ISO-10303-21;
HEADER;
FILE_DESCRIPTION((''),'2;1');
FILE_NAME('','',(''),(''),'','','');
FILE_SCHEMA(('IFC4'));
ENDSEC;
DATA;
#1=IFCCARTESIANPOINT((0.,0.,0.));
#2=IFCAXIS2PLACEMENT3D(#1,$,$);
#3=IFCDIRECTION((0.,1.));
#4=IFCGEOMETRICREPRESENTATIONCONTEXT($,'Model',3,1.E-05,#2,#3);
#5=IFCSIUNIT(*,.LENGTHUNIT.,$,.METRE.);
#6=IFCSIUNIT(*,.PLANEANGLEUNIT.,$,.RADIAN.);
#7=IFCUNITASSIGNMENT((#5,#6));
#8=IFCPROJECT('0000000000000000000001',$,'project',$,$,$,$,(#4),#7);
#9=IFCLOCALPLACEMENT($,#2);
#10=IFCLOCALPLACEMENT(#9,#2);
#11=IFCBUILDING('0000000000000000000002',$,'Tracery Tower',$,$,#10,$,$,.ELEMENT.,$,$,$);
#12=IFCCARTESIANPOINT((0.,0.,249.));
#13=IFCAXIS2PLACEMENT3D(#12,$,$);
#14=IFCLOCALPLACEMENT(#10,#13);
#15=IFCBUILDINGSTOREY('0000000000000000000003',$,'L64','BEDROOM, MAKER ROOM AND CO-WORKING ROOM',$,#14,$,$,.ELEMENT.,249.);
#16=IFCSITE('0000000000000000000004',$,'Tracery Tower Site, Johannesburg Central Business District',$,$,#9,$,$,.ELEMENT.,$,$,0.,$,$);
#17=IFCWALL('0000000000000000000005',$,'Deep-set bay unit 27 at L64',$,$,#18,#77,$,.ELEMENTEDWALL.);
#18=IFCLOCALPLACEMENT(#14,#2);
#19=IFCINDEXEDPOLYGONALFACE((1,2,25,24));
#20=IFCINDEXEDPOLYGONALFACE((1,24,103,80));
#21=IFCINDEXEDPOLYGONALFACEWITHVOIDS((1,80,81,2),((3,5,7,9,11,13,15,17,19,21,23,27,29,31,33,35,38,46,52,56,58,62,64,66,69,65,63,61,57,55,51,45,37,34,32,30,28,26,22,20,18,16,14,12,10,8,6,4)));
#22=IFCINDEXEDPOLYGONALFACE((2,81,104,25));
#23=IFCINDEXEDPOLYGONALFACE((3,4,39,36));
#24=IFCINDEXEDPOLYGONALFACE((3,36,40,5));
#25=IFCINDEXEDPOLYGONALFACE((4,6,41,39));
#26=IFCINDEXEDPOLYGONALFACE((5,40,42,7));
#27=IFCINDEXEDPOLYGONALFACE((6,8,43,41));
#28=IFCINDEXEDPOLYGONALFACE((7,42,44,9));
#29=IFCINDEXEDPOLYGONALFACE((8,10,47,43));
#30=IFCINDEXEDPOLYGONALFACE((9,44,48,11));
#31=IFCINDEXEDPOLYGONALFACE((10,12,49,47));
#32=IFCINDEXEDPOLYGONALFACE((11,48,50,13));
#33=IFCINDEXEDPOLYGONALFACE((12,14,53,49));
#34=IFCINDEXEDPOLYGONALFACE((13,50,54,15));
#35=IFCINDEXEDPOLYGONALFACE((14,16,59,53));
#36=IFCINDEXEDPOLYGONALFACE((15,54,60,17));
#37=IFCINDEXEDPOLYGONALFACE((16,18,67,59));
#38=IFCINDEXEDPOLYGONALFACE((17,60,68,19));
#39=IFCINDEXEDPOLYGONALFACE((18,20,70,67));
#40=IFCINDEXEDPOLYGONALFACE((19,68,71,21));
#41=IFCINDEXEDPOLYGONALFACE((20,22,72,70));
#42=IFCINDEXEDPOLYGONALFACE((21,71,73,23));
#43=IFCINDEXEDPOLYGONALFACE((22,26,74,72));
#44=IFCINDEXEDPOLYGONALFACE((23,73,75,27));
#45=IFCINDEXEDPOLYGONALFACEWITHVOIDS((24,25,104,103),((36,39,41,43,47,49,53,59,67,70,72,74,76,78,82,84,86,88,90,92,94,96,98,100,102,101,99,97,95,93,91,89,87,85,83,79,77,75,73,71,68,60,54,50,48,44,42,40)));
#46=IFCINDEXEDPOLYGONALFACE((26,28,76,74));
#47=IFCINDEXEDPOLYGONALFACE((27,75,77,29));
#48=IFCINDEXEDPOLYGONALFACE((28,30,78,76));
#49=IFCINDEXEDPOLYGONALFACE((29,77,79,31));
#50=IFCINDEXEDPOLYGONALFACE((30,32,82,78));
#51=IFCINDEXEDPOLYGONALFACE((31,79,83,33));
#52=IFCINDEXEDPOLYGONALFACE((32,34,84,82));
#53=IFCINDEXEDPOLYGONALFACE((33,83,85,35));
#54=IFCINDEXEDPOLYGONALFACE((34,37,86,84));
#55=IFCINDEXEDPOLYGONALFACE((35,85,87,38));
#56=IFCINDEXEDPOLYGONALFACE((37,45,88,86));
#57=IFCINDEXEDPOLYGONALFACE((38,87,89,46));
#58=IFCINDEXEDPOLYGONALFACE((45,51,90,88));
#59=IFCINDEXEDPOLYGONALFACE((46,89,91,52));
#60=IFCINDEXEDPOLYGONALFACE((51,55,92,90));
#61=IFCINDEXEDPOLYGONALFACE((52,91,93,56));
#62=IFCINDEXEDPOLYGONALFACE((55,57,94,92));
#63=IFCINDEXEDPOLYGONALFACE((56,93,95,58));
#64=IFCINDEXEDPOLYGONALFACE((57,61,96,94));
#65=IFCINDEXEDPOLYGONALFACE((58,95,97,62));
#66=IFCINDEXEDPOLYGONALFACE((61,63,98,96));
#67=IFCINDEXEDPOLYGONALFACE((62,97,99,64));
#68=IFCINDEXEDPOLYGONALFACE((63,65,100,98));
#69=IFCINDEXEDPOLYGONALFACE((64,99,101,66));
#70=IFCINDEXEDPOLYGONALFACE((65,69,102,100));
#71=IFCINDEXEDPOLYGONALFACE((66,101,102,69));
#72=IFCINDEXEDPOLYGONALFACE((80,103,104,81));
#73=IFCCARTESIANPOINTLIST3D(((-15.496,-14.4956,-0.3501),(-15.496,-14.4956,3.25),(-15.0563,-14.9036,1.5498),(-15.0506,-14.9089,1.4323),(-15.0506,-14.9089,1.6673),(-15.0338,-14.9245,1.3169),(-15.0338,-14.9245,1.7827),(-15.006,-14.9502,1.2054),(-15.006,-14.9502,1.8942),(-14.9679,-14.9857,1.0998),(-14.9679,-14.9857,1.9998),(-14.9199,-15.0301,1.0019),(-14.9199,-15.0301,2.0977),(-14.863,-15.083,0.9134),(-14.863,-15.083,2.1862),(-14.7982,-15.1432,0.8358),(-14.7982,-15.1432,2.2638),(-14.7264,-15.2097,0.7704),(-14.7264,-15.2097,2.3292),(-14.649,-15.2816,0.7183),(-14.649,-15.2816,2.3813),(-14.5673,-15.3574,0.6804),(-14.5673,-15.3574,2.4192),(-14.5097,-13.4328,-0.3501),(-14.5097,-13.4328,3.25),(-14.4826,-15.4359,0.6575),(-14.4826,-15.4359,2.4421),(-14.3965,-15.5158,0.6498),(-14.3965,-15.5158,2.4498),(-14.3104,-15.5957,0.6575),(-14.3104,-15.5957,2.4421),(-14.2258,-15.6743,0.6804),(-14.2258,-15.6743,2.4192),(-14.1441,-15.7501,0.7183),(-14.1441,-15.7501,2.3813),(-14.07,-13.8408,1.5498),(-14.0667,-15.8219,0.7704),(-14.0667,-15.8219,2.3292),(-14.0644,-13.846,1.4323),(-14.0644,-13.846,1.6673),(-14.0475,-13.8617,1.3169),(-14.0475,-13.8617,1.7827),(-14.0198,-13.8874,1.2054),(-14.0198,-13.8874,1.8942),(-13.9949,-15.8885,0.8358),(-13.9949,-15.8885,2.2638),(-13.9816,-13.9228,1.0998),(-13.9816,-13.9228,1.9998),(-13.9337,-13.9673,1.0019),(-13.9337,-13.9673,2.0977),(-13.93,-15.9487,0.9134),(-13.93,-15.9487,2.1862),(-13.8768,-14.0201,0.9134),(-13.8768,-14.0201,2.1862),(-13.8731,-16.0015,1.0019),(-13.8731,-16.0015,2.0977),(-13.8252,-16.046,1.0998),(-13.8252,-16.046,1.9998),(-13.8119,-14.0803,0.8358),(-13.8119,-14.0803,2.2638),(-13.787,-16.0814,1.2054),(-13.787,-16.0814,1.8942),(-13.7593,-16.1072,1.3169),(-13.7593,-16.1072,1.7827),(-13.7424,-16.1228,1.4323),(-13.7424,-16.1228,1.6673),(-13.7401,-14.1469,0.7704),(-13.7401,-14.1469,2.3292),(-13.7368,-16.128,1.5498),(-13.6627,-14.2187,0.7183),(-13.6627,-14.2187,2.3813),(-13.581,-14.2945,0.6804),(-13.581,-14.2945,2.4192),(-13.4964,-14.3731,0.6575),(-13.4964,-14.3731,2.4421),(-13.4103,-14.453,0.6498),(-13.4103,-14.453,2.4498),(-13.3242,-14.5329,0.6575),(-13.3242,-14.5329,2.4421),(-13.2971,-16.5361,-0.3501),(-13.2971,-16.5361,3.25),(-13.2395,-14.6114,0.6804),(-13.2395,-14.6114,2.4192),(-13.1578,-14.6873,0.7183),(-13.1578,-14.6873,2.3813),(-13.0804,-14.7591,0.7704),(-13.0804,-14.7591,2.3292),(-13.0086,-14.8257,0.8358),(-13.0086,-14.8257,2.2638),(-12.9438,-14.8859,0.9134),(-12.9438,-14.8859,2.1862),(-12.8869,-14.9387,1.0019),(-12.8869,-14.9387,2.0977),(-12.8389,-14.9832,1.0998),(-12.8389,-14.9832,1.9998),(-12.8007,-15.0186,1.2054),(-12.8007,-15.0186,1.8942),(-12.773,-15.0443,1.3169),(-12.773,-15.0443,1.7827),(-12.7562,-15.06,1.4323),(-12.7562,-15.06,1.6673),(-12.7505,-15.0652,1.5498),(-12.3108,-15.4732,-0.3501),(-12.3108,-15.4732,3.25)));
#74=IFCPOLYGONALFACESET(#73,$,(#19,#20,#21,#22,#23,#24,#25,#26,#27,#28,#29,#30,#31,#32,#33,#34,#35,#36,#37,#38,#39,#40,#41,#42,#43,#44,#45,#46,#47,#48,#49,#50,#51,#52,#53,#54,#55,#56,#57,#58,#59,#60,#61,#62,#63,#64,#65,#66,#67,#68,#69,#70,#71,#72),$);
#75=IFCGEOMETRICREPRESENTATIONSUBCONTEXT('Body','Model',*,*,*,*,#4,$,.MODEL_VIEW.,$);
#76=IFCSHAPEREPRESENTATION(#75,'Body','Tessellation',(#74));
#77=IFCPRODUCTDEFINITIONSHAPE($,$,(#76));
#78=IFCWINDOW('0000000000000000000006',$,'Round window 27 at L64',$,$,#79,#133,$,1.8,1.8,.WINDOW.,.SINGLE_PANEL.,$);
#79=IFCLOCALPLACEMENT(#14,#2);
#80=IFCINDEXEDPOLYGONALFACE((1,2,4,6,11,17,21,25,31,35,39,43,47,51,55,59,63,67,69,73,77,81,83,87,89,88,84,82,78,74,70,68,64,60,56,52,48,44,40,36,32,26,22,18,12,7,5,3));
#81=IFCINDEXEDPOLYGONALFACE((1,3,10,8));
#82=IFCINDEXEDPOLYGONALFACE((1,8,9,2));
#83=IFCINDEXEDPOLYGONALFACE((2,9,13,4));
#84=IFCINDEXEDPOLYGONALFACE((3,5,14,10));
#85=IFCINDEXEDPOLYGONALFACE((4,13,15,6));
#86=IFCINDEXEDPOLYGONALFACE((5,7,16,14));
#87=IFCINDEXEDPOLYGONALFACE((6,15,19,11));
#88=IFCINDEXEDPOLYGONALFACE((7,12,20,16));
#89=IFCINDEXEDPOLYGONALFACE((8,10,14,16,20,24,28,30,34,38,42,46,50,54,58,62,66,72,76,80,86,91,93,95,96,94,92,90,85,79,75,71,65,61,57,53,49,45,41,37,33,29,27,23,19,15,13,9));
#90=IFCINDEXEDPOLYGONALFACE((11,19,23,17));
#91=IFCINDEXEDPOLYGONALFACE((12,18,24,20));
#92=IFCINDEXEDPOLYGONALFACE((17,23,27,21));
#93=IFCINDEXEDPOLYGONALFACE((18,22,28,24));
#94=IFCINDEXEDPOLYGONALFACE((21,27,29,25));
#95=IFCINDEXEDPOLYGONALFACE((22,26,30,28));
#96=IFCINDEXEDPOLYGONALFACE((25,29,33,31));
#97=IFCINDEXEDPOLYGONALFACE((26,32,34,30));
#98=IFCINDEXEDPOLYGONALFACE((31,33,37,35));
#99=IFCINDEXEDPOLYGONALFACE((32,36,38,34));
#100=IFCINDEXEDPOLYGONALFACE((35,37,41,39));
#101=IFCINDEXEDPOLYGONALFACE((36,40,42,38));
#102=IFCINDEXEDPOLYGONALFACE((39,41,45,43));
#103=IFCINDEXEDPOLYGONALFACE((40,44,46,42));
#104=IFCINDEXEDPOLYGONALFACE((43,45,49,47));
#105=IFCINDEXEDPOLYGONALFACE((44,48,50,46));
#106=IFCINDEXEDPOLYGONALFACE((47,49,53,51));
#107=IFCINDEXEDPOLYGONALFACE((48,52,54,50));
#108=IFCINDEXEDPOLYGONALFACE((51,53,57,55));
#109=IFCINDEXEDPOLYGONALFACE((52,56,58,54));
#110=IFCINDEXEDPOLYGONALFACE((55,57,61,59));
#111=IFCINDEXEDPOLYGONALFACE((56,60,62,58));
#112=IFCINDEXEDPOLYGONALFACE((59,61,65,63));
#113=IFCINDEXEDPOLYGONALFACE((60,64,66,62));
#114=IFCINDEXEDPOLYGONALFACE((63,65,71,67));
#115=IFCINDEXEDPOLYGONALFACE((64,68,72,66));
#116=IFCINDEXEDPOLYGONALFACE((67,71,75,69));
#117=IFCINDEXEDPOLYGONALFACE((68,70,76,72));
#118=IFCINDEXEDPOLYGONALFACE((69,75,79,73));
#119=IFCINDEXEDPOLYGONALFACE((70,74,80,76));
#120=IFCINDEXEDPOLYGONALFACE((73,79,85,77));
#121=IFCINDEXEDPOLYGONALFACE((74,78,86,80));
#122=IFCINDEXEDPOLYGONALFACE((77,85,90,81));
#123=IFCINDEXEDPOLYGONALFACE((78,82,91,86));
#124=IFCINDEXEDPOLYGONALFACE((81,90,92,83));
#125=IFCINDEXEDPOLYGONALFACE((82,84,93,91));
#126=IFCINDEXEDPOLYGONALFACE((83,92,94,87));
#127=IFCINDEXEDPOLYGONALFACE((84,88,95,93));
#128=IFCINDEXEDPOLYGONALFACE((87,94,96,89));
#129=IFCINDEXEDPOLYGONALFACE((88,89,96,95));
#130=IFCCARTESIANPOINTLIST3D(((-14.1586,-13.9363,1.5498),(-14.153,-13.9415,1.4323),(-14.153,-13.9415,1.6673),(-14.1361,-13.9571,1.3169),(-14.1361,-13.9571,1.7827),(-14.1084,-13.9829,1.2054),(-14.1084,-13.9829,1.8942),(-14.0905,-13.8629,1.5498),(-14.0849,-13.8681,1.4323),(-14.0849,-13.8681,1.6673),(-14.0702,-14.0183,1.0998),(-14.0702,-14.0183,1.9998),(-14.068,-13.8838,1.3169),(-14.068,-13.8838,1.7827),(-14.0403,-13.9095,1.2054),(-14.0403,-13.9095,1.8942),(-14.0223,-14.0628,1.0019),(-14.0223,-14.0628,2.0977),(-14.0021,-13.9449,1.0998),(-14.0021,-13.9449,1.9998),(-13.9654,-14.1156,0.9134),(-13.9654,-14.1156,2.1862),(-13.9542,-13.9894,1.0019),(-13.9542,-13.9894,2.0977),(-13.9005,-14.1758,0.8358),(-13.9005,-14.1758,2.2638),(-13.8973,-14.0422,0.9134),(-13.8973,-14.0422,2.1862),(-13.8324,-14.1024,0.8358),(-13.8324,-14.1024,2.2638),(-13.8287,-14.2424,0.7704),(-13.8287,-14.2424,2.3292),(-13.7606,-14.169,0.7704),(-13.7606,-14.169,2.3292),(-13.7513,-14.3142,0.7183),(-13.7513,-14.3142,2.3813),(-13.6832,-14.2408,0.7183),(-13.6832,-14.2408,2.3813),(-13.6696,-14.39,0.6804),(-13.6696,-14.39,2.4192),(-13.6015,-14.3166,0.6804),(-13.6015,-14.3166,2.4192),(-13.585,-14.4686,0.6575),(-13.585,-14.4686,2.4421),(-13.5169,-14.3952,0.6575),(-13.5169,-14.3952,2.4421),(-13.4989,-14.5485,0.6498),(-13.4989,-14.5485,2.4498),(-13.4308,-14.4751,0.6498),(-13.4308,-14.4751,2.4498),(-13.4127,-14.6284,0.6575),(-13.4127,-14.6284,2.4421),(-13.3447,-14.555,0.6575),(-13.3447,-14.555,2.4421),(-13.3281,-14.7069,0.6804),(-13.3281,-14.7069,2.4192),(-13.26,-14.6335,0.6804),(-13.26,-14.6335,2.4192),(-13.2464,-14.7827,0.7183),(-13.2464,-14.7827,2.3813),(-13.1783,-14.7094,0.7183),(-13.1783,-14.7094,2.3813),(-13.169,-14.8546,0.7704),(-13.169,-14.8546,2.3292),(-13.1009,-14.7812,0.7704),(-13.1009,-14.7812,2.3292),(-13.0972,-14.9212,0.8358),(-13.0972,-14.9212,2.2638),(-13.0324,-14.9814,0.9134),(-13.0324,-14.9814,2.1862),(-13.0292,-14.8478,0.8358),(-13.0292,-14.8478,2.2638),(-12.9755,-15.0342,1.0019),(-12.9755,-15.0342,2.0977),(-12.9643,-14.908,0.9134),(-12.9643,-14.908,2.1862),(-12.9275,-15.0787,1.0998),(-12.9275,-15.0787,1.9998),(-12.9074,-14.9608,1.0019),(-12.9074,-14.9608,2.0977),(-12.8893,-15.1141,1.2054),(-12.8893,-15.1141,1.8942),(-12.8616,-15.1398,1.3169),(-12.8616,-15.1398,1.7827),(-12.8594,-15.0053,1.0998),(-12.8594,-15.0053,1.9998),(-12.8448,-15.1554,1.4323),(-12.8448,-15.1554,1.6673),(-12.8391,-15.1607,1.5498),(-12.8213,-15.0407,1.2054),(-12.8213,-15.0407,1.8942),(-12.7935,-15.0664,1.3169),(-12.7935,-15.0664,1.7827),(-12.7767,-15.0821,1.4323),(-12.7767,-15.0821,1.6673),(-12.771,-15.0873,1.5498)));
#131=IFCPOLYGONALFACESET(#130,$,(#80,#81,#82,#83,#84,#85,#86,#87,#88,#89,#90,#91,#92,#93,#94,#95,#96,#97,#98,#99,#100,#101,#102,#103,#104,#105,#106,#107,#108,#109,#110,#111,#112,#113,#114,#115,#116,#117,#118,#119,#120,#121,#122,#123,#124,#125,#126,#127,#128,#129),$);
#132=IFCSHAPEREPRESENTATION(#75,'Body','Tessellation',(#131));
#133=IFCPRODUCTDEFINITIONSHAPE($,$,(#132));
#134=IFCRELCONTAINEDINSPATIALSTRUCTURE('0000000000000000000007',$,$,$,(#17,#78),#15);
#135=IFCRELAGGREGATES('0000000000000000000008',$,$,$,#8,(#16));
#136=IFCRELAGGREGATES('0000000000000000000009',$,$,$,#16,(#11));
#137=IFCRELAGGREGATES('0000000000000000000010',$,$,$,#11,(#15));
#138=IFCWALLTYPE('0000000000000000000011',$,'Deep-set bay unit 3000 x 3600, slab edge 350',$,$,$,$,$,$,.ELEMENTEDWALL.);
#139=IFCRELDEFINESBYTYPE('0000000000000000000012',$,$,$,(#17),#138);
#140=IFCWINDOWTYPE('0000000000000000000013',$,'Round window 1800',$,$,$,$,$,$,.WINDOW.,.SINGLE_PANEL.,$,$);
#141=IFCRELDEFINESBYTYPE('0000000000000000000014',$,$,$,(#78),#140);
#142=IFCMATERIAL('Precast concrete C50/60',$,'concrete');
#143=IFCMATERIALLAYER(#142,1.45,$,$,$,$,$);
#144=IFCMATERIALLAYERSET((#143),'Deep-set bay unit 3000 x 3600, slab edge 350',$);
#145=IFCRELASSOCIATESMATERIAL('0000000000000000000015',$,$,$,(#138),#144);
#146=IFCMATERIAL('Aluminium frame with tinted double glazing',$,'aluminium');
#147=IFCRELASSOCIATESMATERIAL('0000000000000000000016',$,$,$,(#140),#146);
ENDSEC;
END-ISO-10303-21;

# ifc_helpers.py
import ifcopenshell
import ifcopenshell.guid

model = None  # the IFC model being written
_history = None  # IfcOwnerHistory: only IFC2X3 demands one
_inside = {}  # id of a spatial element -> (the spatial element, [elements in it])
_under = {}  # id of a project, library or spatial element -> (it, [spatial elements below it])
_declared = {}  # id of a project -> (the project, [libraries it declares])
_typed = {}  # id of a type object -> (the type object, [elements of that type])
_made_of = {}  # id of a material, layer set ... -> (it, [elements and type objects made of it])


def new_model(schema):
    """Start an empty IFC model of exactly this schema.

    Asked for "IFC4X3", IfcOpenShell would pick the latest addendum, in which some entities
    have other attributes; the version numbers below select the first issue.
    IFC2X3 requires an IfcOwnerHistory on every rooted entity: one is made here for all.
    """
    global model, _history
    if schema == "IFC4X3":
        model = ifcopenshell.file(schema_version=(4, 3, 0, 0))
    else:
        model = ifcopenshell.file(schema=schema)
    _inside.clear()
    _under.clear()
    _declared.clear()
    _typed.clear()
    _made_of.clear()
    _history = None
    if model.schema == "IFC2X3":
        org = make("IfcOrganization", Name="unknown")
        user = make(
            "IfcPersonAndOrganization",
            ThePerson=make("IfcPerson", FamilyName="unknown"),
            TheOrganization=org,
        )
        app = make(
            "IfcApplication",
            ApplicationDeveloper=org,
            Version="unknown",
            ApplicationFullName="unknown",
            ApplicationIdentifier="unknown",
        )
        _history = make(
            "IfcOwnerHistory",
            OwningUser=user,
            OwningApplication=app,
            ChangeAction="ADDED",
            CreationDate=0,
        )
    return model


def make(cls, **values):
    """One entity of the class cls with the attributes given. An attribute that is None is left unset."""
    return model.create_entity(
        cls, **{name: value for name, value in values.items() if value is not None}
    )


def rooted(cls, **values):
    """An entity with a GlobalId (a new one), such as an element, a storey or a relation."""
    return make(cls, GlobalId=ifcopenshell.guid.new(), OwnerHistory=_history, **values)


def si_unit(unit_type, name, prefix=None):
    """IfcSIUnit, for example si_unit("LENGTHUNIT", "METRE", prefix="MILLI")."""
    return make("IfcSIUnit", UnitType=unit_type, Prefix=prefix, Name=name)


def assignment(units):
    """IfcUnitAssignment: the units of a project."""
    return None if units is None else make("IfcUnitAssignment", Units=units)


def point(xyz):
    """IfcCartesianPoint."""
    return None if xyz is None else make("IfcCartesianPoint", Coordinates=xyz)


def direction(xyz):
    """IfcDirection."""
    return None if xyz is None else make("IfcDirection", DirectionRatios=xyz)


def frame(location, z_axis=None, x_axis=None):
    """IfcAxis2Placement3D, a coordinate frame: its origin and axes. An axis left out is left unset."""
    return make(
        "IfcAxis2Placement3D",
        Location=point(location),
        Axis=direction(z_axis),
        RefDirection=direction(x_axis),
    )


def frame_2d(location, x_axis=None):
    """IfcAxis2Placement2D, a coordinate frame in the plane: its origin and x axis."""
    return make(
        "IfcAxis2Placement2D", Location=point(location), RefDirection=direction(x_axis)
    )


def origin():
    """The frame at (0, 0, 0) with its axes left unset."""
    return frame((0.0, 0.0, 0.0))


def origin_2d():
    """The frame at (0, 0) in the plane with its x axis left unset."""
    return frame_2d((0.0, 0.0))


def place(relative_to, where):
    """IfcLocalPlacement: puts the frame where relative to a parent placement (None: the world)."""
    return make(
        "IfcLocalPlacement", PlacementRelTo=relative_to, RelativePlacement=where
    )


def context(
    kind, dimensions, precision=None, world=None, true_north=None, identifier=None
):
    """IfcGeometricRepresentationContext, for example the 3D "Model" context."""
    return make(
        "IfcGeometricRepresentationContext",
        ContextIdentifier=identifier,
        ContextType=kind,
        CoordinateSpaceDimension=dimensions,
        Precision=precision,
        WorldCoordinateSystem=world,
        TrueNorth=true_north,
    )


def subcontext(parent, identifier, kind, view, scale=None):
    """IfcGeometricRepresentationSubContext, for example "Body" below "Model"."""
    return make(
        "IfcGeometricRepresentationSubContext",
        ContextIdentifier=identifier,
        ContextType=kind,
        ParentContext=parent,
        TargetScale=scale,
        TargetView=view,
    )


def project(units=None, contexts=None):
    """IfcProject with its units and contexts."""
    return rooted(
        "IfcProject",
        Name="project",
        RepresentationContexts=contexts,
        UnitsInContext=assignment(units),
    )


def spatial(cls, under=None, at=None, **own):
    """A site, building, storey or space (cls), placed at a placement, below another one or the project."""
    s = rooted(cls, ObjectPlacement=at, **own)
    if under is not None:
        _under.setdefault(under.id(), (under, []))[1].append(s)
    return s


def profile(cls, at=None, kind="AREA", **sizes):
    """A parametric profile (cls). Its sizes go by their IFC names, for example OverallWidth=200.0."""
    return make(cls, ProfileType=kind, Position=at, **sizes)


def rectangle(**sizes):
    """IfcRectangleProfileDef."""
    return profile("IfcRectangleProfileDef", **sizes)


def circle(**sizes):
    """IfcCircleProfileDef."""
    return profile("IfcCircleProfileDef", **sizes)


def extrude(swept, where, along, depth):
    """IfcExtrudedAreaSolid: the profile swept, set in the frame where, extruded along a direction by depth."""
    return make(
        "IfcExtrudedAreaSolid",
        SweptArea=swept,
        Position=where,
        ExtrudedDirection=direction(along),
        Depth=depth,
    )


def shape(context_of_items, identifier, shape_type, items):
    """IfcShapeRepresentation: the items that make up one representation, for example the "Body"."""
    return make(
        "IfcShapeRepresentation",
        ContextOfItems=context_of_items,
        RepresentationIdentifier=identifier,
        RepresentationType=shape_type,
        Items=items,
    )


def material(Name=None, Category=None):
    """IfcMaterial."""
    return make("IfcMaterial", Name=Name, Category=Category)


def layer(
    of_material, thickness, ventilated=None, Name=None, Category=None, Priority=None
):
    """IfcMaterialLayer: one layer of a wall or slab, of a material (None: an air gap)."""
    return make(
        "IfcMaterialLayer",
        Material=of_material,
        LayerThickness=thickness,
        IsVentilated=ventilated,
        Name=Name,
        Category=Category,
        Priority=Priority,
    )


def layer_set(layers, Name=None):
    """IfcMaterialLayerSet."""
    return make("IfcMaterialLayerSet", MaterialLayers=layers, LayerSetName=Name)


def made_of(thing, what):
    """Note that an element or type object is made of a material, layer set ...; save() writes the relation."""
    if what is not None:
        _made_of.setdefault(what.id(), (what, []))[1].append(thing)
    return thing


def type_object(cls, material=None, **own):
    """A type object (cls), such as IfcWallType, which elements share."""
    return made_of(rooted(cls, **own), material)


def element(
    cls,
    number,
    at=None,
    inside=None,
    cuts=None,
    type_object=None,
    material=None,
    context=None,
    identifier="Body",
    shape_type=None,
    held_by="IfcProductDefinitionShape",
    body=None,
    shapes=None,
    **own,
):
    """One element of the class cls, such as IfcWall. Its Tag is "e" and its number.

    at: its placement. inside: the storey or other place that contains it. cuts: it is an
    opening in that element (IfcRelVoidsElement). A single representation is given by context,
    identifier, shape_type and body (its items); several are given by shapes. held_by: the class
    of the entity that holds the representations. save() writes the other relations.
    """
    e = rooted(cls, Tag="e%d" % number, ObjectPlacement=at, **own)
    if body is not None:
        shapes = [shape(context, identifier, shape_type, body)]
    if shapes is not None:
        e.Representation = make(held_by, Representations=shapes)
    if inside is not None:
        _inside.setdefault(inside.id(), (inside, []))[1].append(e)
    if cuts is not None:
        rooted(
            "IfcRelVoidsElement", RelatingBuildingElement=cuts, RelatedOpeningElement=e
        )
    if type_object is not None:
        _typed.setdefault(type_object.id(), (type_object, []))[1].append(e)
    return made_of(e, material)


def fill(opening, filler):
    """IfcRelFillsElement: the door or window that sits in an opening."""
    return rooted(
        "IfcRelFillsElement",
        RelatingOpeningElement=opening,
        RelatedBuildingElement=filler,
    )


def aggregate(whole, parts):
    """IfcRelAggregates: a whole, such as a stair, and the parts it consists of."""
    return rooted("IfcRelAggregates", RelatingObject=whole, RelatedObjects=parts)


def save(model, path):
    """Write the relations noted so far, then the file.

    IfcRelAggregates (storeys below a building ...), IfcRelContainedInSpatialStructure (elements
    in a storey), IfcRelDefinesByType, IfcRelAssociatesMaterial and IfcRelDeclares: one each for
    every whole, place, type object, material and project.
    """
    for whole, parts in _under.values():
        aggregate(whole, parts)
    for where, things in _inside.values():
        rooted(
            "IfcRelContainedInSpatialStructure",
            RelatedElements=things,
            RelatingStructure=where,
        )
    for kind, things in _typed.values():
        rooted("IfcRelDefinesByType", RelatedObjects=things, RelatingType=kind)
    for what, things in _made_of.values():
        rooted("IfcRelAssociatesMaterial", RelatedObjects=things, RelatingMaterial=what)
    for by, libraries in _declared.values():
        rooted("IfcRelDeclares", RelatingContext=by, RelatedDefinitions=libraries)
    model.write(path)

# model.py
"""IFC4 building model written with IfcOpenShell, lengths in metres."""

from ifc_helpers import new_model, si_unit, direction, frame, frame_2d, origin, origin_2d, place, context, subcontext, project, spatial, rectangle, circle, extrude, material, layer, layer_set, type_object, element, fill, save


model = new_model("IFC4")

# Units and contexts
model_context = context("Model", 3, precision=1e-05, world=origin(), true_north=direction((0.0, 1.0)))
body_context = subcontext(model_context, "Body", "Model", "MODEL_VIEW")
ifc_project = project(units=[si_unit("LENGTHUNIT", "METRE"), si_unit("PLANEANGLEUNIT", "RADIAN")], contexts=[model_context])

# Site, building, storey
site_placement = place(None, origin())
site = spatial("IfcSite", under=ifc_project, at=site_placement, Name="Tracery Tower Site, Johannesburg Central Business District", CompositionType="ELEMENT", RefElevation=0.0)
building_placement = place(site_placement, origin())
building = spatial("IfcBuilding", under=site, at=building_placement, Name="Tracery Tower", CompositionType="ELEMENT")
storey_placement = place(building_placement, frame((0.0, 0.0, 249.0)))
storey = spatial("IfcBuildingStorey", under=building, at=storey_placement, Name="L64", Description="BEDROOM, MAKER ROOM AND CO-WORKING ROOM", CompositionType="ELEMENT", Elevation=249.0)

# Wall, opening, window
ifc_material_1 = material(Name="Precast concrete C50/60", Category="concrete")
ifc_layer_1 = layer(ifc_material_1, 1.45)
ifc_layer_set_1 = layer_set([ifc_layer_1], Name="Deep-set bay unit 3000 x 3600, slab edge 350")
wall_type_1 = type_object("IfcWallType", Name="Deep-set bay unit 3000 x 3600, slab edge 350", PredefinedType="ELEMENTEDWALL", material=ifc_layer_set_1)
wall_1_placement = place(storey_placement, frame((-15.0029, -13.9641, -0.3501), z_axis=(0.0, 0.0, 1.0), x_axis=(0.733022, -0.680204, 0.0)))
wall_1 = element("IfcWall", 1, at=wall_1_placement, inside=storey, type_object=wall_type_1, Name="Deep-set bay unit 27 at L64", PredefinedType="ELEMENTEDWALL", context=body_context, shape_type="SweptSolid", body=[
    extrude(rectangle(XDim=2.9998, YDim=1.45, at=frame_2d((1.5, 0.0))), origin(), (0.0, 0.0, 1.0), 3.6001),
])
opening_1_placement = place(wall_1_placement, frame((1.5, 0.0, 1.8999)))
opening_1 = element("IfcOpeningElement", 2, at=opening_1_placement, cuts=wall_1, PredefinedType="OPENING", context=body_context, shape_type="SweptSolid", body=[
    extrude(circle(Radius=0.9, at=origin_2d()), frame((0.0, 0.7349, 0.0), z_axis=(0.0, -1.0, 0.0), x_axis=(1.0, 0.0, 0.0)), (0.0, 0.0, 1.0), 1.47),
])
ifc_material_2 = material(Name="Aluminium frame with tinted double glazing", Category="aluminium")
window_type = type_object("IfcWindowType", Name="Round window 1800", PartitioningType="SINGLE_PANEL", PredefinedType="WINDOW", material=ifc_material_2)
window_1_placement = place(opening_1_placement, origin())
window_1 = element("IfcWindow", 3, at=window_1_placement, inside=storey, type_object=window_type, Name="Round window 27 at L64", OverallHeight=1.8, OverallWidth=1.8, PartitioningType="SINGLE_PANEL", PredefinedType="WINDOW", context=body_context, shape_type="SweptSolid", body=[
    extrude(circle(Radius=0.9, at=origin_2d()), frame((0.0, 0.6948, 0.0), z_axis=(0.0, -1.0, 0.0), x_axis=(1.0, 0.0, 0.0)), (0.0, 0.0, 1.0), 0.1001),
])
fill(opening_1, window_1)

save(model, "model.ifc")
